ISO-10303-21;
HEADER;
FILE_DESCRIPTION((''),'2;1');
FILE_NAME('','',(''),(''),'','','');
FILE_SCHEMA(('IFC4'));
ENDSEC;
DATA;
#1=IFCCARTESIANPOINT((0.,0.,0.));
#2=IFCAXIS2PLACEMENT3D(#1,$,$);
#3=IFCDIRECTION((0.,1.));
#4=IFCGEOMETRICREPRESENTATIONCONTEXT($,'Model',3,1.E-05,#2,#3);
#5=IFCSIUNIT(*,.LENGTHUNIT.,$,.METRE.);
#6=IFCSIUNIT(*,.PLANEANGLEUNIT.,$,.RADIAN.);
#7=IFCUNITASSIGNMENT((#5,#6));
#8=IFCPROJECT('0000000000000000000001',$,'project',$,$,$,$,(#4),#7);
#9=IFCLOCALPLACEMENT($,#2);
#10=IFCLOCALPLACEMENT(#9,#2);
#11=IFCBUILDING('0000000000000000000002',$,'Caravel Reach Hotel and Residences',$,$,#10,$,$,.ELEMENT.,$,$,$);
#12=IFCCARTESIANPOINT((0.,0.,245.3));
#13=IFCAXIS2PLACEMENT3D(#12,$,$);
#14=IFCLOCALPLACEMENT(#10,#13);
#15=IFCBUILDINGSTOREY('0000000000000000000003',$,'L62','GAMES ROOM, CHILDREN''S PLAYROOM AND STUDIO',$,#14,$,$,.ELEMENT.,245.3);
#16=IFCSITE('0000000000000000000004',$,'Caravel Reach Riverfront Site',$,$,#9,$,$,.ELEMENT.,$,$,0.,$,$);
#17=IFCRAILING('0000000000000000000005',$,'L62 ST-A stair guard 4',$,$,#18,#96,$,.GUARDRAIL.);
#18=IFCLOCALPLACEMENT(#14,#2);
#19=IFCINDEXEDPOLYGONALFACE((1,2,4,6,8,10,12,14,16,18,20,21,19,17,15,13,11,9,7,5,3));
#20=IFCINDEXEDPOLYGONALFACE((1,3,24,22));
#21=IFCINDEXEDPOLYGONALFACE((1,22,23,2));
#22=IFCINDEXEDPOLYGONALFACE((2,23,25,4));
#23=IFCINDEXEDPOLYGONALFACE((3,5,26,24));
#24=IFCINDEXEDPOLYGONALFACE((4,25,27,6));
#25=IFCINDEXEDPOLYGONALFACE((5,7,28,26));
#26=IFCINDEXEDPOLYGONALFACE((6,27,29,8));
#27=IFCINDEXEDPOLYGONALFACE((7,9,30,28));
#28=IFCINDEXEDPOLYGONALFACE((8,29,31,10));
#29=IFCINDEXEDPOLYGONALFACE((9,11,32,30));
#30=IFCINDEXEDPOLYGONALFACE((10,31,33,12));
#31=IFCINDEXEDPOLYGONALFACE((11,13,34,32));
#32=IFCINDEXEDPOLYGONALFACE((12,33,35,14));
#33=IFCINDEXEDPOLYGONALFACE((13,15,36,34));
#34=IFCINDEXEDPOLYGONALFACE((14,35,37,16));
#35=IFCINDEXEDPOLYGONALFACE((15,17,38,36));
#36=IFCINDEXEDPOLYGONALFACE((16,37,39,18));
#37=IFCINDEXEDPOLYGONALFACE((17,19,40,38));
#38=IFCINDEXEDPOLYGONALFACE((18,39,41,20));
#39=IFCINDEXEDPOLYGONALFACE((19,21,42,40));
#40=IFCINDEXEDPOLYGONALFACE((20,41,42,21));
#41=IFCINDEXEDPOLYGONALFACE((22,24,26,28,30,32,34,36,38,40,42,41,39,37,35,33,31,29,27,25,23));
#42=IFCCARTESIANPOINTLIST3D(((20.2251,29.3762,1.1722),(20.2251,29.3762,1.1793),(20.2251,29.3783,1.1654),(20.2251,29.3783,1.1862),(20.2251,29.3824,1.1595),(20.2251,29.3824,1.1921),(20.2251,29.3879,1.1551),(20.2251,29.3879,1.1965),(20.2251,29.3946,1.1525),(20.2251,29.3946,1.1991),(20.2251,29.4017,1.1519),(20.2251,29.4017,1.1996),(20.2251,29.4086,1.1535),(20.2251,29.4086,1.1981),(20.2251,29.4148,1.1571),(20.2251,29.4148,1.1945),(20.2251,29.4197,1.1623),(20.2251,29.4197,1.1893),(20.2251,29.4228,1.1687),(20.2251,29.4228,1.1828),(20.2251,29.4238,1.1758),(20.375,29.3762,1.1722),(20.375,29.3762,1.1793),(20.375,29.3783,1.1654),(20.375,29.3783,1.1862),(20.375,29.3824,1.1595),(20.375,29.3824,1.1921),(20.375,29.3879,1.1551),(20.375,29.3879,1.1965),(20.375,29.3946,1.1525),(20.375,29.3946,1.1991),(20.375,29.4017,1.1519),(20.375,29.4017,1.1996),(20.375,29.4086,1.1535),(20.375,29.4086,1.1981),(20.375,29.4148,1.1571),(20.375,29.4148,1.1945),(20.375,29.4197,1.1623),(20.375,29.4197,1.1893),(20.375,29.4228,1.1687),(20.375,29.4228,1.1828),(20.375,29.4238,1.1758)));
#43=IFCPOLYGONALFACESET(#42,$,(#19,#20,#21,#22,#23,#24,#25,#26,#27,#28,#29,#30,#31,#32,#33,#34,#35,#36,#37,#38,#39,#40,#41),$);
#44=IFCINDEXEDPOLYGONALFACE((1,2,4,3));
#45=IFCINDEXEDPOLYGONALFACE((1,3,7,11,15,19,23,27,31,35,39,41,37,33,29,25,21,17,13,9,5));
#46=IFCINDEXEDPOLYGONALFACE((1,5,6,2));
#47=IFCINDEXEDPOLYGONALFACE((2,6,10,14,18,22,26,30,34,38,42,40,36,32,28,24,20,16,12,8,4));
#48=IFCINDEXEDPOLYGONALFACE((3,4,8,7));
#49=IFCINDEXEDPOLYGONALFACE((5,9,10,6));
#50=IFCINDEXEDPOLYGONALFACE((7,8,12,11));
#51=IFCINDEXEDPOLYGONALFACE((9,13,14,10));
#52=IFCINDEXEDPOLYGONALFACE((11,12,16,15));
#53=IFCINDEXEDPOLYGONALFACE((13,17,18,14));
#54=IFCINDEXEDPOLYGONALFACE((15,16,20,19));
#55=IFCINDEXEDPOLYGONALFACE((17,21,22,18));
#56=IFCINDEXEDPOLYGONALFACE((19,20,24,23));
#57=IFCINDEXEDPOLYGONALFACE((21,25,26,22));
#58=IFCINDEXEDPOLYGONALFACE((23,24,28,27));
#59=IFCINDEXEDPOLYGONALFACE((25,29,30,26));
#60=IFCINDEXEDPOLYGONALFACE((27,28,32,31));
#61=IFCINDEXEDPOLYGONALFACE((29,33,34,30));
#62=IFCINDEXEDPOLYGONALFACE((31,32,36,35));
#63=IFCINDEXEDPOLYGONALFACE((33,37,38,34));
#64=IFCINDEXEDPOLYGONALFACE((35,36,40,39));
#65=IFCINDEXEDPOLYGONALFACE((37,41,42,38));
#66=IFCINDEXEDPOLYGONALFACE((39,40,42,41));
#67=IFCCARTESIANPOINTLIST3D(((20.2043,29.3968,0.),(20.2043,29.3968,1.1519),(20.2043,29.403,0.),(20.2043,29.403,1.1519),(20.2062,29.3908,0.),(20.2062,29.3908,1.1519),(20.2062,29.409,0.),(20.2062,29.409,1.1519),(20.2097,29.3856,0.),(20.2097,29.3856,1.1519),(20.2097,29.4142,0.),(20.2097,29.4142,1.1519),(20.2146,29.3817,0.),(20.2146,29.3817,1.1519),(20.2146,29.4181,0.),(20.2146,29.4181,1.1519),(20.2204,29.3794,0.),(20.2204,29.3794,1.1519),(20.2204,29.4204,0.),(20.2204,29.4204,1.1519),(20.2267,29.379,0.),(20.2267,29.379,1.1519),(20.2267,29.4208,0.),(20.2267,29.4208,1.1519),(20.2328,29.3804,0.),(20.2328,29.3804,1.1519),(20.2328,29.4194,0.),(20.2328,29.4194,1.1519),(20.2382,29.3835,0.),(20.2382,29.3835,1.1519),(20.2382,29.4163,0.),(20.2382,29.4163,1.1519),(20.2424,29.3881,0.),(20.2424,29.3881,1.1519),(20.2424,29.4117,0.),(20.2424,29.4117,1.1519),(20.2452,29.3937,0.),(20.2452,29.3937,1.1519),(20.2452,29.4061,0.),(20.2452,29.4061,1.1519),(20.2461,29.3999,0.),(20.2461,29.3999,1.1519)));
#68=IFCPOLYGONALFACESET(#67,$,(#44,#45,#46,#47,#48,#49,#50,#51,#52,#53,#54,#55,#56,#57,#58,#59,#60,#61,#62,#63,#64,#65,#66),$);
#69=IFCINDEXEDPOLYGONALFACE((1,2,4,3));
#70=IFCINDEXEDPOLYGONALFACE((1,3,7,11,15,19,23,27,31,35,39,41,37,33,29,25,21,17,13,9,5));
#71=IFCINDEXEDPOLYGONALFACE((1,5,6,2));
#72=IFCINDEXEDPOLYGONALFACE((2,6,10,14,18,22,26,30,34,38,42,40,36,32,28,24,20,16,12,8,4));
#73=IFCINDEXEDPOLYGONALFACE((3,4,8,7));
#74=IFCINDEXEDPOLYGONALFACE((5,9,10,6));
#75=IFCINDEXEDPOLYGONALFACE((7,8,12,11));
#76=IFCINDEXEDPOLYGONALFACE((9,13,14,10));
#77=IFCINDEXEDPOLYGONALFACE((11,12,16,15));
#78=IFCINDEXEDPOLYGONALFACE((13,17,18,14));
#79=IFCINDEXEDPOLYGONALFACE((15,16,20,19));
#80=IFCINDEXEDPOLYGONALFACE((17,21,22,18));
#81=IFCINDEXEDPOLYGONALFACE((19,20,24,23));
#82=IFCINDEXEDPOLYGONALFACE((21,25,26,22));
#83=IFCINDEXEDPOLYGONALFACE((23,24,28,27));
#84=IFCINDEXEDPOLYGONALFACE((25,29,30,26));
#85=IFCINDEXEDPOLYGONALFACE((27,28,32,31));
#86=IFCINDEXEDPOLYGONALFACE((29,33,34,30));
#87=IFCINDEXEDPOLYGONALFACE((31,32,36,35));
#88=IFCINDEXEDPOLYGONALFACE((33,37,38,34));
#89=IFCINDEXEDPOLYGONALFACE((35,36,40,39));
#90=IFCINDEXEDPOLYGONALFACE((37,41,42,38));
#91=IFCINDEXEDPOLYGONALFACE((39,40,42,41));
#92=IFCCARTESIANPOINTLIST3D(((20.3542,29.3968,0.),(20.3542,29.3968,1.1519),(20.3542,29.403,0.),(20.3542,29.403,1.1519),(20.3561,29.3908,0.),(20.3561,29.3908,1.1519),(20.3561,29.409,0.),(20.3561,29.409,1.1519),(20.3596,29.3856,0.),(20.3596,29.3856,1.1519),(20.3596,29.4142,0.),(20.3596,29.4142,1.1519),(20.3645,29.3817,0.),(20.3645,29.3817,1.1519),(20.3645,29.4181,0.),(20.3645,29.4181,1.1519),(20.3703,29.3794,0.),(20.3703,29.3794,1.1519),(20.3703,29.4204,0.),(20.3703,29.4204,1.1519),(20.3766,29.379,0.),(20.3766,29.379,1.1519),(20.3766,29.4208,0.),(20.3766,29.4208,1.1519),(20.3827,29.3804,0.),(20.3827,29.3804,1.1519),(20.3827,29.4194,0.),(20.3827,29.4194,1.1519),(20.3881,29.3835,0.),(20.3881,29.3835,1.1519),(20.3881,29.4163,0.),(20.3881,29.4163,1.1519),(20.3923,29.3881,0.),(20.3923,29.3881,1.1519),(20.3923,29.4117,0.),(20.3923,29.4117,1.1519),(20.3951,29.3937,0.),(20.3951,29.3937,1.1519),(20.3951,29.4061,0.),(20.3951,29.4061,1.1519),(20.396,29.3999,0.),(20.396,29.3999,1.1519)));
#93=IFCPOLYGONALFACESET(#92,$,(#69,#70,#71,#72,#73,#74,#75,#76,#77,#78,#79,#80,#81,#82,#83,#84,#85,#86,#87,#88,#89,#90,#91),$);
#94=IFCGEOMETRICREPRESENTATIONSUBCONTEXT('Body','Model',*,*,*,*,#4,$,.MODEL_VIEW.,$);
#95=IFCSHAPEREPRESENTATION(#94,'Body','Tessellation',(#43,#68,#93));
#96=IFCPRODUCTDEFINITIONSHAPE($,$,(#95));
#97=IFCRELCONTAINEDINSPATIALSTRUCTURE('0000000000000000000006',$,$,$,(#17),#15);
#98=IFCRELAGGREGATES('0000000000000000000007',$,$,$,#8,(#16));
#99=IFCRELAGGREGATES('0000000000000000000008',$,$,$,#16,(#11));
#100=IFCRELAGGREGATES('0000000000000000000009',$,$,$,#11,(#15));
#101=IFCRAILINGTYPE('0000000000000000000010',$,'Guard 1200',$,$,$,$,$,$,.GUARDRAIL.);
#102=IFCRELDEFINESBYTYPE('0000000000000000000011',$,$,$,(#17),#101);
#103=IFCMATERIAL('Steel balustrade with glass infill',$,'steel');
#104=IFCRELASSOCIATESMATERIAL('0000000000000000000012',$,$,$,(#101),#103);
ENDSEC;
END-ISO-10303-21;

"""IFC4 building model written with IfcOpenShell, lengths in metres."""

from ifc_helpers import new_model, si_unit, direction, frame, origin, origin_2d, place, context, subcontext, project, spatial, circle, extrude, material, type_object, element, save


model = new_model("IFC4")

# Units and contexts
model_context = context("Model", 3, precision=1e-05, world=origin(), true_north=direction((0.0, 1.0)))
body_context = subcontext(model_context, "Body", "Model", "MODEL_VIEW")
ifc_project = project(units=[si_unit("LENGTHUNIT", "METRE"), si_unit("PLANEANGLEUNIT", "RADIAN")], contexts=[model_context])

# Site, building, storey
site_placement = place(None, origin())
site = spatial("IfcSite", under=ifc_project, at=site_placement, Name="Caravel Reach Riverfront Site", CompositionType="ELEMENT", RefElevation=0.0)
building_placement = place(site_placement, origin())
building = spatial("IfcBuilding", under=site, at=building_placement, Name="Caravel Reach Hotel and Residences", CompositionType="ELEMENT")
storey_placement = place(building_placement, frame((0.0, 0.0, 245.3)))
storey = spatial("IfcBuildingStorey", under=building, at=storey_placement, Name="L62", Description="GAMES ROOM, CHILDREN'S PLAYROOM AND STUDIO", CompositionType="ELEMENT", Elevation=245.3)

# Railing
ifc_material_1 = material(Name="Steel balustrade with glass infill", Category="steel")
railing_type_1 = type_object("IfcRailingType", Name="Guard 1200", PredefinedType="GUARDRAIL", material=ifc_material_1)
railing_1_placement = place(storey_placement, frame((20.2251, 29.3999, 0.0)))
element("IfcRailing", 1, at=railing_1_placement, inside=storey, type_object=railing_type_1, Name="L62 ST-A stair guard 4", PredefinedType="GUARDRAIL", context=body_context, shape_type="SweptSolid", body=[
    extrude(circle(Radius=0.0239, at=origin_2d()), frame((0.0, 0.0, 1.1758), z_axis=(1.0, 0.0, 0.0), x_axis=(0.0, 1.0, 0.0)), (0.0, 0.0, 1.0), 0.1499),
    extrude(circle(Radius=0.021, at=origin_2d()), origin(), (0.0, 0.0, 1.0), 1.1519),
    extrude(circle(Radius=0.021, at=origin_2d()), frame((0.1499, 0.0, 0.0)), (0.0, 0.0, 1.0), 1.1519),
])

save(model, "model.ifc")
